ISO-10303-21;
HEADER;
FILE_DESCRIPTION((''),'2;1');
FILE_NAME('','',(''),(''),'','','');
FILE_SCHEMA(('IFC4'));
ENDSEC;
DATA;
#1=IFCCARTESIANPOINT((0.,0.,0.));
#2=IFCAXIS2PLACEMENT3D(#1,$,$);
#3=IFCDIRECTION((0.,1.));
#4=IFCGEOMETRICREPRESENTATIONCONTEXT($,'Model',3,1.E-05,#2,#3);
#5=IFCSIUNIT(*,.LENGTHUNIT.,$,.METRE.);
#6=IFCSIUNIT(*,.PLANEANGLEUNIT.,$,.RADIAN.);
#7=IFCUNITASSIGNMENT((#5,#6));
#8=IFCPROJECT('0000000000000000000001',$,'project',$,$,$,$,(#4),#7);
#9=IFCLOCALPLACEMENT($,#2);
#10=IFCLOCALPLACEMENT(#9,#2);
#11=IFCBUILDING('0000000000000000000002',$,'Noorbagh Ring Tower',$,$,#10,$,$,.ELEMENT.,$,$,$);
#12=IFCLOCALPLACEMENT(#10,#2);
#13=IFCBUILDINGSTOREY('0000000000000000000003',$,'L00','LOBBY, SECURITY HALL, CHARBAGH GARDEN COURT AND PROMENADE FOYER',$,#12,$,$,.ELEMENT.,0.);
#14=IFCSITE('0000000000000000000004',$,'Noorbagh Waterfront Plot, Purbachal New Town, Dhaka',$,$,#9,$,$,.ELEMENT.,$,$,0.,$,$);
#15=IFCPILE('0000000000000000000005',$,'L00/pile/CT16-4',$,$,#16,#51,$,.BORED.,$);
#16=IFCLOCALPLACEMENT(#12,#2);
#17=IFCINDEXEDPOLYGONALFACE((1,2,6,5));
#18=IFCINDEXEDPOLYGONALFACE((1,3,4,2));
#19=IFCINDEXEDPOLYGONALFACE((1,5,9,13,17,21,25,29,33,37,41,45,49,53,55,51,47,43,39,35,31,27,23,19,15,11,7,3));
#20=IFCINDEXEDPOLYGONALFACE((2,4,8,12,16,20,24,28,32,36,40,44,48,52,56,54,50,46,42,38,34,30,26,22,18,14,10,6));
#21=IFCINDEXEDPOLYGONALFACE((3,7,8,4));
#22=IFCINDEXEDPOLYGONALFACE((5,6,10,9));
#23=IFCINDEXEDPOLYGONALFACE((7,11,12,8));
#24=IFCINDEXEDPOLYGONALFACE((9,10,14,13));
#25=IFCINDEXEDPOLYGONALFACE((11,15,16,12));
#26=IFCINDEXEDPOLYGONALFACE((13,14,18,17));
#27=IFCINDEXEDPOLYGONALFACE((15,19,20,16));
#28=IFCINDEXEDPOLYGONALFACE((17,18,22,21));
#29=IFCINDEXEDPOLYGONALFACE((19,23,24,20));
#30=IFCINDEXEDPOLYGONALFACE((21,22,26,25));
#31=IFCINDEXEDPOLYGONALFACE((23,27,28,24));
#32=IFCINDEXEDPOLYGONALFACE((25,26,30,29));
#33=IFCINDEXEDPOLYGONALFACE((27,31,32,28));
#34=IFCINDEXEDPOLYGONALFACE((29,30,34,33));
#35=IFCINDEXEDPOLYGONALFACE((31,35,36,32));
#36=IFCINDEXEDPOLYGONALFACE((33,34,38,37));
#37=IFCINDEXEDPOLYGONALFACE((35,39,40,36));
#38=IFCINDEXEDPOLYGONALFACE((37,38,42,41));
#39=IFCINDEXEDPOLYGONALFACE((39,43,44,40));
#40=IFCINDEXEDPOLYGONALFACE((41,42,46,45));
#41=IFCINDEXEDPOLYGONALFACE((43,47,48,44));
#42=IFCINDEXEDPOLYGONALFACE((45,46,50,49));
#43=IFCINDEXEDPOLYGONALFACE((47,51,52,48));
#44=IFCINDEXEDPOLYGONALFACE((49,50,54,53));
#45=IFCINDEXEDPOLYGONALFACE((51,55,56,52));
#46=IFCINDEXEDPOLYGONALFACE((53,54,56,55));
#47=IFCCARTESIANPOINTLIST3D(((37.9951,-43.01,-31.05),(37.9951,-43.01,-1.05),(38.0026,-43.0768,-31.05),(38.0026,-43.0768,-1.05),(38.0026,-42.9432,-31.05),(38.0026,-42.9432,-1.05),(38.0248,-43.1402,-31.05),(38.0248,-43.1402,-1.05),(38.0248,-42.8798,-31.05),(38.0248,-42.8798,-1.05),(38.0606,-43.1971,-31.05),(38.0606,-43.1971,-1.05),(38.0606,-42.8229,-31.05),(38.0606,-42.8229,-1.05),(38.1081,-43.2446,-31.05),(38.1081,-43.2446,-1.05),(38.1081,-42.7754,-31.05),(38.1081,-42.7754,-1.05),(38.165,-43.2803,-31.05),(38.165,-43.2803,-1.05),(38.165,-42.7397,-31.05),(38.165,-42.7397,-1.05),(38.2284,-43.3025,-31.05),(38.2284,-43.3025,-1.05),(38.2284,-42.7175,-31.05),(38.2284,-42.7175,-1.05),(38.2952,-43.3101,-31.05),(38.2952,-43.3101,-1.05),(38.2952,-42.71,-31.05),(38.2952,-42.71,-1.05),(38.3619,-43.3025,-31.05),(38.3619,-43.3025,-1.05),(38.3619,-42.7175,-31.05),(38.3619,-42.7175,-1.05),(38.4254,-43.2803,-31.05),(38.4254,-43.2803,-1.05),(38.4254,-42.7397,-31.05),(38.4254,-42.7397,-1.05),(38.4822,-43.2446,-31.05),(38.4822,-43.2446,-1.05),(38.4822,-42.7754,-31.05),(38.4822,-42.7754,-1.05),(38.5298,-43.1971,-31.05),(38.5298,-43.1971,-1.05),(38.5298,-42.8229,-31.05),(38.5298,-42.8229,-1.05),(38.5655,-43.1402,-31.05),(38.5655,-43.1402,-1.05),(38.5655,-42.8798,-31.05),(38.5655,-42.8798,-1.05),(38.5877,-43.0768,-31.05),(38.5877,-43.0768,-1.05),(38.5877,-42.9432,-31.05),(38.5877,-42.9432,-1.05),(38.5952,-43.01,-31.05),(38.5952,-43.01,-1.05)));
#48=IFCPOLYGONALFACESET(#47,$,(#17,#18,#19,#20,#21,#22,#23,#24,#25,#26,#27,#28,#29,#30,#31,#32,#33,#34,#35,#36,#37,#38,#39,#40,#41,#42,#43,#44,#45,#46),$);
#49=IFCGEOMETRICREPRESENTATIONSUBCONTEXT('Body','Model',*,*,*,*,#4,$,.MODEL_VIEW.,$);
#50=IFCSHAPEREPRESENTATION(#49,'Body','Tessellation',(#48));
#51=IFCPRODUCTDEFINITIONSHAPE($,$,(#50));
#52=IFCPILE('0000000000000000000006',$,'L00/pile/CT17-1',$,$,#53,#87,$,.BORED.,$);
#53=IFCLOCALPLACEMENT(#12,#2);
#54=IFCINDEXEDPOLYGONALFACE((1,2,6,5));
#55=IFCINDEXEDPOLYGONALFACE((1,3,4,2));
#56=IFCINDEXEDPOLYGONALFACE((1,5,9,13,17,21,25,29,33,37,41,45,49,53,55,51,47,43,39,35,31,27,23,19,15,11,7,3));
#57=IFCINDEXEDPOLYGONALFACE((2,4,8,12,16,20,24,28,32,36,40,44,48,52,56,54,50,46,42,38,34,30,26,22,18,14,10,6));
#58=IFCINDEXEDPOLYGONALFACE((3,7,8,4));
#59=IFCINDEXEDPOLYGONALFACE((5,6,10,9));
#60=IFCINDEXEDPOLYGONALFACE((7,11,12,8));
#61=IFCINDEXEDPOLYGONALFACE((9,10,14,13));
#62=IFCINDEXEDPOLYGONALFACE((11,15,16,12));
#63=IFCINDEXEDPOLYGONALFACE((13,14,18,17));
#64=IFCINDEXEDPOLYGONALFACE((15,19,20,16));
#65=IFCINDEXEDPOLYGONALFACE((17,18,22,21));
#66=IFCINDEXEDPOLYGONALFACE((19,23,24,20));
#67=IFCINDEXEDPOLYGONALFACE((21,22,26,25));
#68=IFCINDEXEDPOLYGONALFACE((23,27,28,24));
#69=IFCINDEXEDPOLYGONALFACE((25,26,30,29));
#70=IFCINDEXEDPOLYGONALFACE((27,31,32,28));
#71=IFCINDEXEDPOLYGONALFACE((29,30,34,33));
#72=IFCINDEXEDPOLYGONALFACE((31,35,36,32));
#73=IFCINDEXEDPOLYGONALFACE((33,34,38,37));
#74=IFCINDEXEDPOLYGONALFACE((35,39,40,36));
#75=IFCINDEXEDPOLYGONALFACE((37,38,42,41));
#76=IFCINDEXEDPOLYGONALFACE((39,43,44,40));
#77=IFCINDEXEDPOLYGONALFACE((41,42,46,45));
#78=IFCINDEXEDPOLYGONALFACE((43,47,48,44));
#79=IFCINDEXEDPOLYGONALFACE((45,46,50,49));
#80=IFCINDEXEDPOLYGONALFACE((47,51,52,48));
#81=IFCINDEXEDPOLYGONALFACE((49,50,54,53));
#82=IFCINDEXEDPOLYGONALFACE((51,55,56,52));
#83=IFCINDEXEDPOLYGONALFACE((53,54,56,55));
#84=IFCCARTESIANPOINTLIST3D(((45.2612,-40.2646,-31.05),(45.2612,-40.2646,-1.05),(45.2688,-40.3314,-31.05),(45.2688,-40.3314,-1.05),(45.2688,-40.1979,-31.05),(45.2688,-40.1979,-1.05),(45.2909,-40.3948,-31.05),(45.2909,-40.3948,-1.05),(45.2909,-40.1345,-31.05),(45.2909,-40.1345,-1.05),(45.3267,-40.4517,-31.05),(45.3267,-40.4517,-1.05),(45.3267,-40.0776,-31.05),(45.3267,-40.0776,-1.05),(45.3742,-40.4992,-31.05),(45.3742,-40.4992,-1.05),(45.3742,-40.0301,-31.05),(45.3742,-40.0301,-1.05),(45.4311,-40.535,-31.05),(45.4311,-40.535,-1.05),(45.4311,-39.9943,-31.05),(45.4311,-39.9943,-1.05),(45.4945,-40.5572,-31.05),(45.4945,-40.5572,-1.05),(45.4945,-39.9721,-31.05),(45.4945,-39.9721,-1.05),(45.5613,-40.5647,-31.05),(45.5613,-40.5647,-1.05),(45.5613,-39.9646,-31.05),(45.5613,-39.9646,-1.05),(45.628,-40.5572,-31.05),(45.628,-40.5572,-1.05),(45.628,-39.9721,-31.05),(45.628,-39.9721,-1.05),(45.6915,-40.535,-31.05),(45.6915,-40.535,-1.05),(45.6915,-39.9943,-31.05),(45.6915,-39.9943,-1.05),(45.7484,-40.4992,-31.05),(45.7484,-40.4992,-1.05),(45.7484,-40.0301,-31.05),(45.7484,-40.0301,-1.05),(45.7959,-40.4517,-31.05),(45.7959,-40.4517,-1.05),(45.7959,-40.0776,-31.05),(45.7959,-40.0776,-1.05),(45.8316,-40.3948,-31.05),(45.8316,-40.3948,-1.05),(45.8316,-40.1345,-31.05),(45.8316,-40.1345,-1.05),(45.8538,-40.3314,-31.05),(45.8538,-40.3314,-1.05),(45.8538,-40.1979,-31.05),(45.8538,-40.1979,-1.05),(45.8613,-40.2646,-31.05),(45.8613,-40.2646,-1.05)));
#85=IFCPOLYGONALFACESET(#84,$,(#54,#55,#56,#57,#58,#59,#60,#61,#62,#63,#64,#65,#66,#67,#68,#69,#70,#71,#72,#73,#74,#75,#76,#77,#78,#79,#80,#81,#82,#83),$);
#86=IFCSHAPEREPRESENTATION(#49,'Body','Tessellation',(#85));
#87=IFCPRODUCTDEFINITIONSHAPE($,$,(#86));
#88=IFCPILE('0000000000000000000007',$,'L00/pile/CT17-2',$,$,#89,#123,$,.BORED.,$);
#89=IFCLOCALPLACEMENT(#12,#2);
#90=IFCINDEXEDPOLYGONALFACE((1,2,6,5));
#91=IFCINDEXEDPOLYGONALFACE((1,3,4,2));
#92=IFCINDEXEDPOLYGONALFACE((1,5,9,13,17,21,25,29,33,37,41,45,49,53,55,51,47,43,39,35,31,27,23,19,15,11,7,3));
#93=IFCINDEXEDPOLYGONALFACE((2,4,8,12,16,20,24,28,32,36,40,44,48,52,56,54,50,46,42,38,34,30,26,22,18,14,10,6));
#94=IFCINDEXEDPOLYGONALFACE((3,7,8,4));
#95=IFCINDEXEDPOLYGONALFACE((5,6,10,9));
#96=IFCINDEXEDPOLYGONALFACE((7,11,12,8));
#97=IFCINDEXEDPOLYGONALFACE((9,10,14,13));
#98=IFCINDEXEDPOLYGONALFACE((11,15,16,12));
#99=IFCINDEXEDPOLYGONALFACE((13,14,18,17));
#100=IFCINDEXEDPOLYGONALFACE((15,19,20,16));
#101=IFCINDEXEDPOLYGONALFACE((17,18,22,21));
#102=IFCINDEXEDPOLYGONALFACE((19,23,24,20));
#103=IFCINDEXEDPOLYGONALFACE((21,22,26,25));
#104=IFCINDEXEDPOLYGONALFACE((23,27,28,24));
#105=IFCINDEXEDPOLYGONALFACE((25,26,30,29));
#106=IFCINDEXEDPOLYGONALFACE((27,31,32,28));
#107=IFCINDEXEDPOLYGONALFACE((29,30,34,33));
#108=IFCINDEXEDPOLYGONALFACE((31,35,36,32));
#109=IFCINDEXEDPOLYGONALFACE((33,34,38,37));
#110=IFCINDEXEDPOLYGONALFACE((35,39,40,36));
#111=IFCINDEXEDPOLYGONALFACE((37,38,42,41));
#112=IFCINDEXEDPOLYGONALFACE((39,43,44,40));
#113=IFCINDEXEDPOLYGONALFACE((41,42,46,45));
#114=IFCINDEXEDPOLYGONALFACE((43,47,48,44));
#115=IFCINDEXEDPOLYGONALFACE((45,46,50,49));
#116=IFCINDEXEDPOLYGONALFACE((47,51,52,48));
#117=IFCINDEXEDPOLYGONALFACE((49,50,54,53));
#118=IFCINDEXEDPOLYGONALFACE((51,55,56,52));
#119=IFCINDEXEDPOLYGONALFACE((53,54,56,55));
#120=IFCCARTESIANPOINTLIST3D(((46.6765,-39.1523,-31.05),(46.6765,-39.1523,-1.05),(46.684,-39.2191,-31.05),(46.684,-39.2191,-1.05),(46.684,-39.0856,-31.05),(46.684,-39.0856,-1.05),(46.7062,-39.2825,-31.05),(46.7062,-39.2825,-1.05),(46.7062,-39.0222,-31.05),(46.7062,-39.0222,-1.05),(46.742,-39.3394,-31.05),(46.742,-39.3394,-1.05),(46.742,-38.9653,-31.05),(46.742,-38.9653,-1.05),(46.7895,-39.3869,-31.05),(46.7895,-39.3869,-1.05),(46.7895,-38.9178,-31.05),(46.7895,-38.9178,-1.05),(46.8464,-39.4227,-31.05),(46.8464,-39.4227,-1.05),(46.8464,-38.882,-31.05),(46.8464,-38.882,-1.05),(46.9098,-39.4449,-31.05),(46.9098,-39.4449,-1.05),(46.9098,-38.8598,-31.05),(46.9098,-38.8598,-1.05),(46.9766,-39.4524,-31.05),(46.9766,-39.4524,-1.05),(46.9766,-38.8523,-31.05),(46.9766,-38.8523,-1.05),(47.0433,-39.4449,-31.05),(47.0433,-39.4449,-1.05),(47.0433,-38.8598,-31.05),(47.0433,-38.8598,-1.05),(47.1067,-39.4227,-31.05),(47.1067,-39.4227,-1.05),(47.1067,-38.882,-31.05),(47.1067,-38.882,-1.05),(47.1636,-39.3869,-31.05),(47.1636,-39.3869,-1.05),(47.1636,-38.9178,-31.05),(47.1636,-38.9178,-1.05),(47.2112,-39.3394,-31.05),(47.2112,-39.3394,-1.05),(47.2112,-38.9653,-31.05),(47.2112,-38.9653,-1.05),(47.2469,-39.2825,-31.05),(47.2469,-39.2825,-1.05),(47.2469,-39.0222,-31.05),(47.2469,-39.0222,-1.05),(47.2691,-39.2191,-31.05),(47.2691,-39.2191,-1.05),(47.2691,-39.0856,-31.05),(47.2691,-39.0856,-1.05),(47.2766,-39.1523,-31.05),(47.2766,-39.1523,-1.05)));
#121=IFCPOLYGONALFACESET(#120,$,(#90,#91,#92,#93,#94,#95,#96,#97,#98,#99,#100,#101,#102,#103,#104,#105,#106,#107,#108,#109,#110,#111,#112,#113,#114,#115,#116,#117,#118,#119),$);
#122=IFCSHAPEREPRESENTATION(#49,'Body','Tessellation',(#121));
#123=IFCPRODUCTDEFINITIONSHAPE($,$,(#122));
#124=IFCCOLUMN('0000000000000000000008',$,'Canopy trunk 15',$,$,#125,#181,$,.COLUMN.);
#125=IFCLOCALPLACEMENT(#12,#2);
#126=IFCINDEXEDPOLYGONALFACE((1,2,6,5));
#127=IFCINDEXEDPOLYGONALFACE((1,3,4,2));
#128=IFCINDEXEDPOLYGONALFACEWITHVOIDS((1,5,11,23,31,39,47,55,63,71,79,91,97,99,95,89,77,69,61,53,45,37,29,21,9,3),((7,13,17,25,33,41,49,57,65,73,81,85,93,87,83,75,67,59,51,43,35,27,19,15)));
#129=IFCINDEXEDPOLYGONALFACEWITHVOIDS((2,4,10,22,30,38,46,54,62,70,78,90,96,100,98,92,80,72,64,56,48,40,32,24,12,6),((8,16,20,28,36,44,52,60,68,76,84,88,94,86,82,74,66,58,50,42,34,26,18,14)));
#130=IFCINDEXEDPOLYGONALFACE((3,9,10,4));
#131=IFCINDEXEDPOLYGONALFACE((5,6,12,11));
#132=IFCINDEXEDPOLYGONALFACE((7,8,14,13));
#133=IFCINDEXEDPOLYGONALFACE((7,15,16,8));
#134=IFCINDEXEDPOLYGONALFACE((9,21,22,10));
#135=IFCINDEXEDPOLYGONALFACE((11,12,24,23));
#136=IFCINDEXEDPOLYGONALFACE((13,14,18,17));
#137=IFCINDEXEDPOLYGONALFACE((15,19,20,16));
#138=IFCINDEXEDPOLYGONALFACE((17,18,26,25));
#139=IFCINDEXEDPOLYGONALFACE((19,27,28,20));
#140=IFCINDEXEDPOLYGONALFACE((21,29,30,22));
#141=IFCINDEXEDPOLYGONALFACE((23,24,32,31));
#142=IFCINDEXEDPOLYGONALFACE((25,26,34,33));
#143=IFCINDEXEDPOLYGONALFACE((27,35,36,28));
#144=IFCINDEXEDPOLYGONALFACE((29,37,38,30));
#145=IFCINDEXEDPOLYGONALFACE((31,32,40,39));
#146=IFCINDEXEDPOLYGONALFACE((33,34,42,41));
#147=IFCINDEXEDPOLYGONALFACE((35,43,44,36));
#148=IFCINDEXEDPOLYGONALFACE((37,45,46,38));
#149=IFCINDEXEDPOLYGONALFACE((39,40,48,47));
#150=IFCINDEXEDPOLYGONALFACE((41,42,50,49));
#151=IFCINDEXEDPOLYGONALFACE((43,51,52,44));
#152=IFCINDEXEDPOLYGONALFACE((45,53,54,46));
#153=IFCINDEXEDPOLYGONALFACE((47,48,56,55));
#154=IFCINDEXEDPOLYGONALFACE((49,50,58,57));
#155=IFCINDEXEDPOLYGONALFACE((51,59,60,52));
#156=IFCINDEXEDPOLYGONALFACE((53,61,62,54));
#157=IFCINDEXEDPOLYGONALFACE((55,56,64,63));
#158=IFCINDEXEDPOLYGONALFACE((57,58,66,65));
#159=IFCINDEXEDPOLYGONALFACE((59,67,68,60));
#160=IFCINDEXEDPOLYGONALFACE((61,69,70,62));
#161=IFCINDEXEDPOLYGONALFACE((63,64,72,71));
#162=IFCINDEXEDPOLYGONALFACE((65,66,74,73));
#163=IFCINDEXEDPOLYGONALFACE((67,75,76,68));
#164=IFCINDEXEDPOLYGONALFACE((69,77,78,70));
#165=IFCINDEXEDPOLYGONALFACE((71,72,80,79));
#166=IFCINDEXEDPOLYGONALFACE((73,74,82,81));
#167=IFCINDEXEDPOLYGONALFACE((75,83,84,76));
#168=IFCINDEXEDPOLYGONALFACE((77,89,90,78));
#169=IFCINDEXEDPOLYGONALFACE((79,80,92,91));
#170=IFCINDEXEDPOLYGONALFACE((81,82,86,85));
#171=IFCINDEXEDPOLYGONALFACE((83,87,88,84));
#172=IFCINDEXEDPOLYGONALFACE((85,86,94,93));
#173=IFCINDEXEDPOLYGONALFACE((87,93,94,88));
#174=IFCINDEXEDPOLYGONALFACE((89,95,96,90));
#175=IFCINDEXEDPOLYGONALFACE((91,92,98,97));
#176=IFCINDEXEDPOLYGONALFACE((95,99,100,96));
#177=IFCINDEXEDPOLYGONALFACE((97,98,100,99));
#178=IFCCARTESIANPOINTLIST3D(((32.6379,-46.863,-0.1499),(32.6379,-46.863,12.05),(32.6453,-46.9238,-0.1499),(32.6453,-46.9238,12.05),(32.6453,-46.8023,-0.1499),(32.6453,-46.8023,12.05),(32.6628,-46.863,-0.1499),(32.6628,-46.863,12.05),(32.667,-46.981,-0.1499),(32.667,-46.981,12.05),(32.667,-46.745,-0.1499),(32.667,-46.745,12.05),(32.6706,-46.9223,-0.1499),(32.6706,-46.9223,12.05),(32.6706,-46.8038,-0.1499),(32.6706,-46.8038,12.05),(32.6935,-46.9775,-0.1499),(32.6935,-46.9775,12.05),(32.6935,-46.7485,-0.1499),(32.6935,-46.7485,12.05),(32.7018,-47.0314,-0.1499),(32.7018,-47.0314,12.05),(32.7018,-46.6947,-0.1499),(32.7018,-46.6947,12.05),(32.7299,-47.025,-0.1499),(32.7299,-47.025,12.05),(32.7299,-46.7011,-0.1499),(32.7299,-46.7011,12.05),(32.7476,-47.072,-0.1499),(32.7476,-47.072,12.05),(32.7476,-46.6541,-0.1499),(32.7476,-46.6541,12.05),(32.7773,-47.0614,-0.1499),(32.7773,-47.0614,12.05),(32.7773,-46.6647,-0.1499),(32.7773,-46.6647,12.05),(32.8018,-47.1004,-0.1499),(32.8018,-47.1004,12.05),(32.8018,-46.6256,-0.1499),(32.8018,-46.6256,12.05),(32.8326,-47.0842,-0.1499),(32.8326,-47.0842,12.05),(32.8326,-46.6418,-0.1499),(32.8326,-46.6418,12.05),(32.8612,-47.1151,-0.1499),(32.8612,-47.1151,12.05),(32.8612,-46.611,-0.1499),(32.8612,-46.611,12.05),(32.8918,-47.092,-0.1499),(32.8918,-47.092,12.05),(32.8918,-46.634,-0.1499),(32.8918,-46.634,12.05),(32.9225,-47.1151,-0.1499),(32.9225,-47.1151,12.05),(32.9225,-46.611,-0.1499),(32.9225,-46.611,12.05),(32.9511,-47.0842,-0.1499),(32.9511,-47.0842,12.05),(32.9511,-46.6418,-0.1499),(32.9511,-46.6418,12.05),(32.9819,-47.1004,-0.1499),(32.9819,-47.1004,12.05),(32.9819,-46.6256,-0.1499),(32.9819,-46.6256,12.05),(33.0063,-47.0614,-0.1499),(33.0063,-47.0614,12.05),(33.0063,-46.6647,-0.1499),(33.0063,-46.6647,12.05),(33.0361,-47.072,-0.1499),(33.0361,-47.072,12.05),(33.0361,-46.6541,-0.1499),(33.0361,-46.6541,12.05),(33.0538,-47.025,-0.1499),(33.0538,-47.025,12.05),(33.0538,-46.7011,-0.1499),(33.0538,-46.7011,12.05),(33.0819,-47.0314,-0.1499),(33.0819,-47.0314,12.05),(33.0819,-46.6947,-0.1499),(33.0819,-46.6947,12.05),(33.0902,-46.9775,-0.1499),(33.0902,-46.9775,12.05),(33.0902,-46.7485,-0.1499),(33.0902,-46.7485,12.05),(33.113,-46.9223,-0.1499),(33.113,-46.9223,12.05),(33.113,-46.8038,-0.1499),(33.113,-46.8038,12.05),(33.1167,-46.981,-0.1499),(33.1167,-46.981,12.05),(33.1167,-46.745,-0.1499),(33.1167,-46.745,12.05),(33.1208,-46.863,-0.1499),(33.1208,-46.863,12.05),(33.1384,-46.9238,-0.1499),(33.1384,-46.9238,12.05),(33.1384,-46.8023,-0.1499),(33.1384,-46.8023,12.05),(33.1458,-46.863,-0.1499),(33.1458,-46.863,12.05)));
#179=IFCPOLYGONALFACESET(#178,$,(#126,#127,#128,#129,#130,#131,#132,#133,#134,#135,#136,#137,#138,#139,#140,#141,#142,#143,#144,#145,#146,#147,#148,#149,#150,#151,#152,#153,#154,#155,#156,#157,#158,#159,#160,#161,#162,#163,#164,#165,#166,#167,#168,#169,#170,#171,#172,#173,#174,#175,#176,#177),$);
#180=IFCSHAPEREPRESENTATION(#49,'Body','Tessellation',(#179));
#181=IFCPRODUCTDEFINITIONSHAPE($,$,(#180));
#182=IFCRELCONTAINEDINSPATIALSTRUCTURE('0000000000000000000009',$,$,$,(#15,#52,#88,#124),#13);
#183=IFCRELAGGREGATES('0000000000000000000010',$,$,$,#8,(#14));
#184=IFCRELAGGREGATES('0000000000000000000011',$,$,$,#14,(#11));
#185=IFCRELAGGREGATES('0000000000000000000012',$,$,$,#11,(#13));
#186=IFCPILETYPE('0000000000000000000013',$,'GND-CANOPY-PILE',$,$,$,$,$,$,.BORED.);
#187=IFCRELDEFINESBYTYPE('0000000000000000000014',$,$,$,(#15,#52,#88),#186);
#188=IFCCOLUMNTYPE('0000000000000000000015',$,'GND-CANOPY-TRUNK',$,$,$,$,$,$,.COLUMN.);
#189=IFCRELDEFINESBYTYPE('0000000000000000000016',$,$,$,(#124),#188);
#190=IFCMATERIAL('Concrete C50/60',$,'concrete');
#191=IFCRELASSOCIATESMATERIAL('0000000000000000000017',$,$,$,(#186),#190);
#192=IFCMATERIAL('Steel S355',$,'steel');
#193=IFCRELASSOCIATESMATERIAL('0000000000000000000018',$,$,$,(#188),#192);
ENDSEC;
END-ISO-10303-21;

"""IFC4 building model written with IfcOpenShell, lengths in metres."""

from ifc_helpers import new_model, si_unit, direction, frame, origin, origin_2d, place, context, subcontext, project, spatial, circle, hollow_circle, extrude, material, material_profile, profile_set, type_object, element, save


model = new_model("IFC4")

# Units and contexts
model_context = context("Model", 3, precision=1e-05, world=origin(), true_north=direction((0.0, 1.0)))
body_context = subcontext(model_context, "Body", "Model", "MODEL_VIEW")
ifc_project = project(units=[si_unit("LENGTHUNIT", "METRE"), si_unit("PLANEANGLEUNIT", "RADIAN")], contexts=[model_context])

# Site, building, storey
site_placement = place(None, origin())
site = spatial("IfcSite", under=ifc_project, at=site_placement, Name="Noorbagh Waterfront Plot, Purbachal New Town, Dhaka", CompositionType="ELEMENT", RefElevation=0.0)
building_placement = place(site_placement, origin())
building = spatial("IfcBuilding", under=site, at=building_placement, Name="Noorbagh Ring Tower", CompositionType="ELEMENT")
storey_placement = place(building_placement, origin())
storey = spatial("IfcBuildingStorey", under=building, at=storey_placement, Name="L00", Description="LOBBY, SECURITY HALL, CHARBAGH GARDEN COURT AND PROMENADE FOYER", CompositionType="ELEMENT", Elevation=0.0)

# Piles
ifc_material_1 = material(Name="Concrete C50/60", Category="concrete")
ifc_material_profile_1 = material_profile(ifc_material_1, circle(Radius=0.3, at=origin_2d()), Name="PILE600")
ifc_profile_set_1 = profile_set([ifc_material_profile_1], Name="Concrete C50/60")
pile_type = type_object("IfcPileType", Name="GND-CANOPY-PILE", PredefinedType="BORED", material=ifc_profile_set_1)
for number, where, z_axis, x_axis, name in (
    (1, (38.2952, -43.01, -1.05), (0.0, 0.0, -1.0), (1.0, 0.0, 0.0), "L00/pile/CT16-4"),
    (2, (45.5613, -40.2646, -1.05), (0.0, 0.0, -1.0), (1.0, 0.0, 0.0), "L00/pile/CT17-1"),
    (3, (46.9766, -39.1523, -1.05), (0.0, 0.0, -1.0), (1.0, 0.0, 0.0), "L00/pile/CT17-2"),
):
    element("IfcPile", number, at=place(storey_placement, frame(where, z_axis=z_axis, x_axis=x_axis)), inside=storey, type_object=pile_type, Name=name, PredefinedType="BORED", context=body_context, shape_type="SweptSolid", body=[
        extrude(circle(Radius=0.3, at=origin_2d()), origin(), (0.0, 0.0, 1.0), 30.0),
    ])

# Column
ifc_material_2 = material(Name="Steel S355", Category="steel")
ifc_material_profile_2 = material_profile(ifc_material_2, hollow_circle(Radius=0.2539, WallThickness=0.0249, at=origin_2d()), Name="CHS508x25")
ifc_profile_set_2 = profile_set([ifc_material_profile_2], Name="Steel S355")
column_type = type_object("IfcColumnType", Name="GND-CANOPY-TRUNK", PredefinedType="COLUMN", material=ifc_profile_set_2)
for number, where, z_axis, x_axis, name in (
    (4, (32.8918, -46.863, -0.1499), (0.0, 0.0, 1.0), (1.0, 0.0, 0.0), "Canopy trunk 15"),
):
    element("IfcColumn", number, at=place(storey_placement, frame(where, z_axis=z_axis, x_axis=x_axis)), inside=storey, type_object=column_type, Name=name, PredefinedType="COLUMN", context=body_context, shape_type="SweptSolid", body=[
        extrude(hollow_circle(Radius=0.2539, WallThickness=0.0249, at=origin_2d()), origin(), (0.0, 0.0, 1.0), 12.2),
    ])

save(model, "model.ifc")
